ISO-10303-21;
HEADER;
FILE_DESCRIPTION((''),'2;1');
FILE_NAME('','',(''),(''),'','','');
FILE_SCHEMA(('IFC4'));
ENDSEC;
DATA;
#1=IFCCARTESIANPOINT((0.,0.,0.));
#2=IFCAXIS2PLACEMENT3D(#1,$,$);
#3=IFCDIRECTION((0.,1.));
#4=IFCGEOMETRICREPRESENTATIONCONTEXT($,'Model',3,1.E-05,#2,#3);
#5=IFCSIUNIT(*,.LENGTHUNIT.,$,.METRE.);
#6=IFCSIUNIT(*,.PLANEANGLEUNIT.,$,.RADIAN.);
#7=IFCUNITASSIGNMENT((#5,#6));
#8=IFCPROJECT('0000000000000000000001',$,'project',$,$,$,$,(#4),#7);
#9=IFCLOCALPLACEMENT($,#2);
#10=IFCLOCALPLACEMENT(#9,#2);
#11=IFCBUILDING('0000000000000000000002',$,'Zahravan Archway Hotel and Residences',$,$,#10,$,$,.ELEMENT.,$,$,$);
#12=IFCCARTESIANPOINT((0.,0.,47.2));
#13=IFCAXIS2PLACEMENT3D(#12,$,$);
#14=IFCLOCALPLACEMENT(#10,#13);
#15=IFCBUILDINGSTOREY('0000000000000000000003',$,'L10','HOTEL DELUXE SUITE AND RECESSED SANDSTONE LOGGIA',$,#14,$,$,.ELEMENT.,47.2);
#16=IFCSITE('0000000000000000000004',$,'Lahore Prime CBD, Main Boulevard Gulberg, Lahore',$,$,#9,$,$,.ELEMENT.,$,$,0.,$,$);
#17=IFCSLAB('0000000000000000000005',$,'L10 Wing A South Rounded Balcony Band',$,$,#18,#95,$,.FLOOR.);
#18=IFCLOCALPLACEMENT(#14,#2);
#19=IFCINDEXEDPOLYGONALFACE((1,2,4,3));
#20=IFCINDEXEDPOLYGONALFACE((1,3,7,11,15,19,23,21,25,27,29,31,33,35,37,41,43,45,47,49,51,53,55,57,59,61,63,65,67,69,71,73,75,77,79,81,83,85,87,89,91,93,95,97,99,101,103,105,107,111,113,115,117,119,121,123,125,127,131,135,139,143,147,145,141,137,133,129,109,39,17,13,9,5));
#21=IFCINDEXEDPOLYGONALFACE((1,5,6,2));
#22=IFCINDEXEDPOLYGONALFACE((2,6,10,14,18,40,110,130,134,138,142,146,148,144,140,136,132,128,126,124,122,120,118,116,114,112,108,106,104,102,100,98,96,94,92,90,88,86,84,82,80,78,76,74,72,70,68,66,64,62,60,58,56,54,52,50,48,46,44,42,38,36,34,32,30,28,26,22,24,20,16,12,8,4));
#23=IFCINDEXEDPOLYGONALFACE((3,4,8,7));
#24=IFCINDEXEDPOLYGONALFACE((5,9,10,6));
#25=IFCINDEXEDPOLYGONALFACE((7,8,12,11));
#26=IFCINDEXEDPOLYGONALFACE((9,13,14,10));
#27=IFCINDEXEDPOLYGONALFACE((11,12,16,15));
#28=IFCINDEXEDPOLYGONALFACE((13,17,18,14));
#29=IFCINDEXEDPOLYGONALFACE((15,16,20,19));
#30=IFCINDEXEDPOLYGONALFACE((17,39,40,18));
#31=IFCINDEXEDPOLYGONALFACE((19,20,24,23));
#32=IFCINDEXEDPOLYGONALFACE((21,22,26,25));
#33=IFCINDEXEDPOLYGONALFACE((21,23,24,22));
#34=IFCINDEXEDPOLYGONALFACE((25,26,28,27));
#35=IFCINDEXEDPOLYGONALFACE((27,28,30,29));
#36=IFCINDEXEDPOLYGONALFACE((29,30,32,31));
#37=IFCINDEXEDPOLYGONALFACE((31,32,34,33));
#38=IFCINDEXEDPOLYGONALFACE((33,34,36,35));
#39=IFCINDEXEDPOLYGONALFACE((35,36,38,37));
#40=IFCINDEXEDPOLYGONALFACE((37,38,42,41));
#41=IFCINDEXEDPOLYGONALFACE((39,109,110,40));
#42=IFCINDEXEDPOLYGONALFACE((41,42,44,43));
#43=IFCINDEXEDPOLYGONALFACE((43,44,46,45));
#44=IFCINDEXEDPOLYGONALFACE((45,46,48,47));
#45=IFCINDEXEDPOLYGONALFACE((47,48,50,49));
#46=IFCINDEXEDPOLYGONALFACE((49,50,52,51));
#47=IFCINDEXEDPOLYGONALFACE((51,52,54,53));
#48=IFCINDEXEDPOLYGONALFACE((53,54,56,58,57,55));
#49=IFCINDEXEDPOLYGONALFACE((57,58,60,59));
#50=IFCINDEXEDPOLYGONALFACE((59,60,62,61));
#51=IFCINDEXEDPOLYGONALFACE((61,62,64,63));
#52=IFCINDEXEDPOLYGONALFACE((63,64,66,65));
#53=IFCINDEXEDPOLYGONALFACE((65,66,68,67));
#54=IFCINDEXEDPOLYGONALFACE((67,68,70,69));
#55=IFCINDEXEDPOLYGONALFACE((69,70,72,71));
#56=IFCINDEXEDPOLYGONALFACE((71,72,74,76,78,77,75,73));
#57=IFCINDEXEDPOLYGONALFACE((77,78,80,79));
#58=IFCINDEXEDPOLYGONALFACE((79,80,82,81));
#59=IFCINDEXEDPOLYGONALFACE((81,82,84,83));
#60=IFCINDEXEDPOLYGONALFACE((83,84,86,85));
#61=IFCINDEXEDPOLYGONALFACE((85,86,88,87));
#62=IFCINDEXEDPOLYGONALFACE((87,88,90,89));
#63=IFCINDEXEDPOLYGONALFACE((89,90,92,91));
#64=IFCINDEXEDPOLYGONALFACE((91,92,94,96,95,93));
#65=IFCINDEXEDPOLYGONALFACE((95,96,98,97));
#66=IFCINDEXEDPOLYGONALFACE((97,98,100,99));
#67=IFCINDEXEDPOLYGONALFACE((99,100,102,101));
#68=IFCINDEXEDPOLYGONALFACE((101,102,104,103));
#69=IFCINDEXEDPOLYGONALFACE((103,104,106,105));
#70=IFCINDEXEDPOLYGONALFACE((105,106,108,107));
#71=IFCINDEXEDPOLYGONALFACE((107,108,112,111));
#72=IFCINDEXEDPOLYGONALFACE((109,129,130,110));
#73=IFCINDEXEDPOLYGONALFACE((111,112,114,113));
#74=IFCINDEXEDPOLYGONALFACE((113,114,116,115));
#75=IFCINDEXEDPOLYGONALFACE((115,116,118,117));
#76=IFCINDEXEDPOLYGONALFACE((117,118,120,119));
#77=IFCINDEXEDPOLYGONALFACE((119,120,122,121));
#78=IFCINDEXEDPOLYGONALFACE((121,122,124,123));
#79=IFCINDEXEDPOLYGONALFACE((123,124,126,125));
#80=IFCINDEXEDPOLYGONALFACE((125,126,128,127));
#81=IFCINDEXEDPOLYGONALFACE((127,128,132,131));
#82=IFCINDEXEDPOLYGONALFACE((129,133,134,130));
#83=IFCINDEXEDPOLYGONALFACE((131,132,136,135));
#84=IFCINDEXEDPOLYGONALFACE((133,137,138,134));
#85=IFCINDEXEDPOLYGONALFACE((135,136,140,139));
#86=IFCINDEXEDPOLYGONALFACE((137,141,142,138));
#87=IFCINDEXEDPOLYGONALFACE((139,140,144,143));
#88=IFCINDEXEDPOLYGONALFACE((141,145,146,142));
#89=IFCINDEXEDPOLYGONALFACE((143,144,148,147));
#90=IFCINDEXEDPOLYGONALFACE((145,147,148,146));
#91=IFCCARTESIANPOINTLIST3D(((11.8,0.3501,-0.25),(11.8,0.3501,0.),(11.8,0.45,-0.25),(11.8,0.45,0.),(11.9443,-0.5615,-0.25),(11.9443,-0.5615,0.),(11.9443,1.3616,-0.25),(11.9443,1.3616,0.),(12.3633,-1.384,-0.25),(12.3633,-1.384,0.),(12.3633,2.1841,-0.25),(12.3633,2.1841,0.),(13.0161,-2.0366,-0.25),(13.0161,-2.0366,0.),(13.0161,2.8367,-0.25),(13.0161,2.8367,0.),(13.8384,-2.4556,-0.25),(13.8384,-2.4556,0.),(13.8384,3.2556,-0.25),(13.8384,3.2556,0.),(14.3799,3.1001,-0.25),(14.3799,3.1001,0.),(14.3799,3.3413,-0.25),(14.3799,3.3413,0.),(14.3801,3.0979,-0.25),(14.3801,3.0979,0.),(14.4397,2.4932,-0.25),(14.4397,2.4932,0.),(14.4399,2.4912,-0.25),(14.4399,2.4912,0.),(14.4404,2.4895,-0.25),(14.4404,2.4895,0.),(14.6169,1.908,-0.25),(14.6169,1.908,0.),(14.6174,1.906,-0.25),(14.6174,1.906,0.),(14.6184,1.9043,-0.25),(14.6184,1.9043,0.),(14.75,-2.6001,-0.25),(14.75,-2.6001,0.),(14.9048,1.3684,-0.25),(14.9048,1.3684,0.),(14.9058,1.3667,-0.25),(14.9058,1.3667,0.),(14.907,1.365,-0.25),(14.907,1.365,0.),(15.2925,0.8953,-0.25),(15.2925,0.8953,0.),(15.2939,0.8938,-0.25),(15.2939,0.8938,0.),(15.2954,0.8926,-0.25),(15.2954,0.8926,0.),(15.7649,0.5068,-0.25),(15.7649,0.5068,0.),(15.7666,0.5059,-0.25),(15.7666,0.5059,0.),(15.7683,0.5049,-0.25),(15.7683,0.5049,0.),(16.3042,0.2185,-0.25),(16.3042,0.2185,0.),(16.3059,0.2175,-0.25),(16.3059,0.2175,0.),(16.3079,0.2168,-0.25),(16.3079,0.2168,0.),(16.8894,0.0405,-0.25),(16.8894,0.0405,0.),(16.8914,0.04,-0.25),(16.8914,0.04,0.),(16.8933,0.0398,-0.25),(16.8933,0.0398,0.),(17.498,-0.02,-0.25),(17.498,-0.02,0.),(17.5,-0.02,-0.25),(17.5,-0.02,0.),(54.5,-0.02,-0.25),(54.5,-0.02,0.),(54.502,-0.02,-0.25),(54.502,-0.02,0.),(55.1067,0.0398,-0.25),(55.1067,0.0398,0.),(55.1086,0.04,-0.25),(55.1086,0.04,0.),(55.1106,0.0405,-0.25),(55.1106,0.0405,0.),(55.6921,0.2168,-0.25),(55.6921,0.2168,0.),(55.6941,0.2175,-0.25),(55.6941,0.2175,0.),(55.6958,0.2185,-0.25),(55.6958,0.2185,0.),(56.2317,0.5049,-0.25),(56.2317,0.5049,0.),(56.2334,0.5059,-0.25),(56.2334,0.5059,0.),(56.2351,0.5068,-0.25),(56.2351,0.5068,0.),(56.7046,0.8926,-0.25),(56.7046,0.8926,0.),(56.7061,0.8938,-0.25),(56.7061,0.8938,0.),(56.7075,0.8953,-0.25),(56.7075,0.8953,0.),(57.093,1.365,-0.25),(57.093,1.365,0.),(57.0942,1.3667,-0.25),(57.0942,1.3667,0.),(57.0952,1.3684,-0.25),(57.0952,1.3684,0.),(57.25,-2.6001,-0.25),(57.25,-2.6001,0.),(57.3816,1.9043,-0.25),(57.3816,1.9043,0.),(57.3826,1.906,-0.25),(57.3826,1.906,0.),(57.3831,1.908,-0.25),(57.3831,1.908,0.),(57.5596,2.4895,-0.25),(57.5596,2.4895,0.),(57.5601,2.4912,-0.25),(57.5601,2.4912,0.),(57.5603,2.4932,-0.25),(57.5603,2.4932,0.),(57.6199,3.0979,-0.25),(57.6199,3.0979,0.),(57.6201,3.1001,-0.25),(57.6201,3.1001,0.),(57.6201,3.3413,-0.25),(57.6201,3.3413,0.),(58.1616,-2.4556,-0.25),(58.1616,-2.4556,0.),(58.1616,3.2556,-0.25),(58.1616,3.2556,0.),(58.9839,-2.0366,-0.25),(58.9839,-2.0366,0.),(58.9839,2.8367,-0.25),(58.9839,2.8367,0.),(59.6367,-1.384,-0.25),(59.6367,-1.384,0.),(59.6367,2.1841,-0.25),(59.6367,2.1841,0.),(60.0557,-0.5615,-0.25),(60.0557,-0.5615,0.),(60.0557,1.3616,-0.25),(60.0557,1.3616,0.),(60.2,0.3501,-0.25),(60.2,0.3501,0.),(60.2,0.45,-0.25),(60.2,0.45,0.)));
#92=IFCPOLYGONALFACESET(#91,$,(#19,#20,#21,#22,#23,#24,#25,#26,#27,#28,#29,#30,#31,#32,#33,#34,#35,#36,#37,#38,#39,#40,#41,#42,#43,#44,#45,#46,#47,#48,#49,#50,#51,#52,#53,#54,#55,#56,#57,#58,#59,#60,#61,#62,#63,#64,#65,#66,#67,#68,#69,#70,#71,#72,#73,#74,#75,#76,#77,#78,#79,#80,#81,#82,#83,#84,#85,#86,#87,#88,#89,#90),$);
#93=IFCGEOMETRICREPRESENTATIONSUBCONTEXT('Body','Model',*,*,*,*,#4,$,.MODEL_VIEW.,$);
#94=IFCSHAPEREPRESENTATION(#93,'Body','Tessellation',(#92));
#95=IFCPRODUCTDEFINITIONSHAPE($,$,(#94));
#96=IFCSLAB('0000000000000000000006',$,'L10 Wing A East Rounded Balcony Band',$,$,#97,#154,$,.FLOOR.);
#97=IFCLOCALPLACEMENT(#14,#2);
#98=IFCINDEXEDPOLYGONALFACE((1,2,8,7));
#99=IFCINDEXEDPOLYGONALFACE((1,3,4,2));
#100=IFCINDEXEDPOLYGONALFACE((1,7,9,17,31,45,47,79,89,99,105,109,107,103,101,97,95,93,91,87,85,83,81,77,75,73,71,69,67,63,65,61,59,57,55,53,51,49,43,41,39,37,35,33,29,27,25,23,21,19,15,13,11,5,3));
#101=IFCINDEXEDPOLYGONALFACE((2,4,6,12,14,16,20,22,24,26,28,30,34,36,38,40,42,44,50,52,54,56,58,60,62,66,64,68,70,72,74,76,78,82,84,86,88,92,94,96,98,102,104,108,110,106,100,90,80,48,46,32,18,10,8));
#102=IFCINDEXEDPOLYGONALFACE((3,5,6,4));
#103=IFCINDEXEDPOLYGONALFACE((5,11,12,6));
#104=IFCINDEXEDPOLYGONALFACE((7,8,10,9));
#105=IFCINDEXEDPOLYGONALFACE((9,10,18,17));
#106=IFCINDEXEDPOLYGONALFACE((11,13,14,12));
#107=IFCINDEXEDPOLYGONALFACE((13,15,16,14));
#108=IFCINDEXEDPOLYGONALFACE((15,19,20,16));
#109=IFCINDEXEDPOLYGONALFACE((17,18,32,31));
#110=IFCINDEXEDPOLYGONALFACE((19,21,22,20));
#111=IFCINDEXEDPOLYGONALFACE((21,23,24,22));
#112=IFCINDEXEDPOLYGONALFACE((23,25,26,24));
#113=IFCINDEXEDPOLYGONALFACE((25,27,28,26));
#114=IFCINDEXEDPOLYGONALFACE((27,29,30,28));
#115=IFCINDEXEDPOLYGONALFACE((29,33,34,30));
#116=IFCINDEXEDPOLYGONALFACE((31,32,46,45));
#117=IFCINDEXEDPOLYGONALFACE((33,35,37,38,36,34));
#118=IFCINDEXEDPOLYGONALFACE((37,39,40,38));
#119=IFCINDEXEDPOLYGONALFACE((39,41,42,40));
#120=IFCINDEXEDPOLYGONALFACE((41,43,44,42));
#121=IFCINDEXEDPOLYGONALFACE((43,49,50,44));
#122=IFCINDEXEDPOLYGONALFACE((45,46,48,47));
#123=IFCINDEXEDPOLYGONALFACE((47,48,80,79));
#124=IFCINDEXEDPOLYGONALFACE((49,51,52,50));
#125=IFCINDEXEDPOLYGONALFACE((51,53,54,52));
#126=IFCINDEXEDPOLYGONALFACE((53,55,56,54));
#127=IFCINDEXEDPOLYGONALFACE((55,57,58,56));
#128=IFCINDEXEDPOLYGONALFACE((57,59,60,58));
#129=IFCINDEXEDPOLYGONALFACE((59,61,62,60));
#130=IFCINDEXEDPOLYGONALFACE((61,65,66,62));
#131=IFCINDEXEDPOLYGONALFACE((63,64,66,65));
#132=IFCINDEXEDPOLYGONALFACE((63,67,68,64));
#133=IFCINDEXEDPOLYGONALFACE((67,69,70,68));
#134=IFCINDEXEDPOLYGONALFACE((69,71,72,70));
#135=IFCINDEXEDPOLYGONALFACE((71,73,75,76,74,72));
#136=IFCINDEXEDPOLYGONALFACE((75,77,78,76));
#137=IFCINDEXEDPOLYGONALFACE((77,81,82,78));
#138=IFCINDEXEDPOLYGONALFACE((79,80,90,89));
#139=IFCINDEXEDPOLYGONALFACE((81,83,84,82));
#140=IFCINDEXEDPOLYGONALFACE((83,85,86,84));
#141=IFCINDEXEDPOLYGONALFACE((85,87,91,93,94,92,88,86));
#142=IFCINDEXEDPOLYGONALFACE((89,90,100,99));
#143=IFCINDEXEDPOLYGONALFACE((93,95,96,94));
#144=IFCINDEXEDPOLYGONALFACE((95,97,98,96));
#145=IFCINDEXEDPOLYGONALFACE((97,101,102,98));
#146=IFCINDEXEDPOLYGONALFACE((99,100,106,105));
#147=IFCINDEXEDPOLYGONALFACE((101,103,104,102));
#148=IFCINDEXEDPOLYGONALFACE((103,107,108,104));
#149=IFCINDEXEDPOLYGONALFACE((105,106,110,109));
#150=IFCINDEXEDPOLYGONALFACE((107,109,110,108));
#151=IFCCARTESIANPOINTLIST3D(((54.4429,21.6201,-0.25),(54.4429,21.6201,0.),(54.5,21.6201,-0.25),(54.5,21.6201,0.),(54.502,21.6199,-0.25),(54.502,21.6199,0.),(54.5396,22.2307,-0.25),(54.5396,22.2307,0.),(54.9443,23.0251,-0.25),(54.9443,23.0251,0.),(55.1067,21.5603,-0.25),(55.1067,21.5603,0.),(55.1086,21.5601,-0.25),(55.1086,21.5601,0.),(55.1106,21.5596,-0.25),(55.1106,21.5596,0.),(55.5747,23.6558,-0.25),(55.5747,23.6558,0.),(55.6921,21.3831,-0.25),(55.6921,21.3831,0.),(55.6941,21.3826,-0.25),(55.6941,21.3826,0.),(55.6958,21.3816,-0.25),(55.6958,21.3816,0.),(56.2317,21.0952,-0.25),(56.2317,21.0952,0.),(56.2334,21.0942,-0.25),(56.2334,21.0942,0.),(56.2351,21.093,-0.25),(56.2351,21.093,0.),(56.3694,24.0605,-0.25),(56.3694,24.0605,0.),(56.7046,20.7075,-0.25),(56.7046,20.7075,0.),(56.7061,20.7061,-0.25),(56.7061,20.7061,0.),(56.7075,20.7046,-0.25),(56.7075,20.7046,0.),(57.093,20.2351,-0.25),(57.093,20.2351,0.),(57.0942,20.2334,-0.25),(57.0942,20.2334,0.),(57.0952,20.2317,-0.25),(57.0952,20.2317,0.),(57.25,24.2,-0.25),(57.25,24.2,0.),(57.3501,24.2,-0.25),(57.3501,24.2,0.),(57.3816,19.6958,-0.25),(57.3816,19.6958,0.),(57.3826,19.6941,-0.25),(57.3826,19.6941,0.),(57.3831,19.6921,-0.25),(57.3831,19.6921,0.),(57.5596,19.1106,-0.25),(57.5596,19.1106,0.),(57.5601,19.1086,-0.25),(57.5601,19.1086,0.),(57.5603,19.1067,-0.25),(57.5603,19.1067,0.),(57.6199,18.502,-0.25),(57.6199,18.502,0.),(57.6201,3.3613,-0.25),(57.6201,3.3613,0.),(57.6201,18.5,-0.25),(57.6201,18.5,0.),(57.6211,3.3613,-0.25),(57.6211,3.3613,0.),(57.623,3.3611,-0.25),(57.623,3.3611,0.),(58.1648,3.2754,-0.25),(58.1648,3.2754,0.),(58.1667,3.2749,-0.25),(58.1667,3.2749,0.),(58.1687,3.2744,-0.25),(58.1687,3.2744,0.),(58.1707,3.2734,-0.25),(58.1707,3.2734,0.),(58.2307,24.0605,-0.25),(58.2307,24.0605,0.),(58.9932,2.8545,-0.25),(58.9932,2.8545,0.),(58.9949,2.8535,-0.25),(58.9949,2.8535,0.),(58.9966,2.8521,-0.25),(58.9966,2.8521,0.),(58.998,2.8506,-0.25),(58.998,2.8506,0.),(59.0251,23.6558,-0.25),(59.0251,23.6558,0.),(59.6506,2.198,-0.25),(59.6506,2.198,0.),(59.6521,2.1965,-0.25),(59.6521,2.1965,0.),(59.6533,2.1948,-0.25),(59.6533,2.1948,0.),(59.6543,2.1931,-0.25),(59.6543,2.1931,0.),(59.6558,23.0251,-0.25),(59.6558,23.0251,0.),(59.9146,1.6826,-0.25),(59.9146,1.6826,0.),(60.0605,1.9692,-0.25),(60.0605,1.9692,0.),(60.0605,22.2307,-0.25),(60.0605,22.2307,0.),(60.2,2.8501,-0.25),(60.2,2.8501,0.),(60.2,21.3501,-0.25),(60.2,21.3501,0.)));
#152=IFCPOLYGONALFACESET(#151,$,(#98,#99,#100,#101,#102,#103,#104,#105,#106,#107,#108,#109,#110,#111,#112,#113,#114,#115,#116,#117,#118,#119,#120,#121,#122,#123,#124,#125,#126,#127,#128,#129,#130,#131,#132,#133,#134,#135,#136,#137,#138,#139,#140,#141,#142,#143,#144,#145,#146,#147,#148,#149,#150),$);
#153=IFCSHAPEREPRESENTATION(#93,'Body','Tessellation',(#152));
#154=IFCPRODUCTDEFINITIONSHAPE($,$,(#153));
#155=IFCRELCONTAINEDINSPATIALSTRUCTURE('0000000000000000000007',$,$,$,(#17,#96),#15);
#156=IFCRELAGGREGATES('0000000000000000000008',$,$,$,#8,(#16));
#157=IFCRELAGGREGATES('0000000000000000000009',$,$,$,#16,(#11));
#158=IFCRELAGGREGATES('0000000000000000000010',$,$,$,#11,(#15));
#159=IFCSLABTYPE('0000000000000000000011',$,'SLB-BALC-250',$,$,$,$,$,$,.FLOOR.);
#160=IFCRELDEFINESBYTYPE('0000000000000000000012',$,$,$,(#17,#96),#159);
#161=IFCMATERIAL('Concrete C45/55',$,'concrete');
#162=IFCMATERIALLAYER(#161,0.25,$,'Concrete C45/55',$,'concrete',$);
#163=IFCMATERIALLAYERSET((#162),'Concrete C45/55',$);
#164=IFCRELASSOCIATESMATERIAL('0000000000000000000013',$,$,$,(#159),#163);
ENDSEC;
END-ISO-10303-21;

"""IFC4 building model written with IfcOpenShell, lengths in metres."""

from ifc_helpers import new_model, si_unit, direction, frame, origin, place, context, subcontext, project, spatial, polyline, outline, extrude, material, layer, layer_set, type_object, element, save


model = new_model("IFC4")

# Units and contexts
model_context = context("Model", 3, precision=1e-05, world=origin(), true_north=direction((0.0, 1.0)))
body_context = subcontext(model_context, "Body", "Model", "MODEL_VIEW")
ifc_project = project(units=[si_unit("LENGTHUNIT", "METRE"), si_unit("PLANEANGLEUNIT", "RADIAN")], contexts=[model_context])

# Site, building, storey
site_placement = place(None, origin())
site = spatial("IfcSite", under=ifc_project, at=site_placement, Name="Lahore Prime CBD, Main Boulevard Gulberg, Lahore", CompositionType="ELEMENT", RefElevation=0.0)
building_placement = place(site_placement, origin())
building = spatial("IfcBuilding", under=site, at=building_placement, Name="Zahravan Archway Hotel and Residences", CompositionType="ELEMENT")
storey_placement = place(building_placement, frame((0.0, 0.0, 47.2)))
storey = spatial("IfcBuildingStorey", under=building, at=storey_placement, Name="L10", Description="HOTEL DELUXE SUITE AND RECESSED SANDSTONE LOGGIA", CompositionType="ELEMENT", Elevation=47.2)

# Slabs
ifc_material_1 = material(Name="Concrete C45/55", Category="concrete")
ifc_layer_1 = layer(ifc_material_1, 0.25, Name="Concrete C45/55", Category="concrete")
ifc_layer_set_1 = layer_set([ifc_layer_1], Name="Concrete C45/55")
slab_type_1 = type_object("IfcSlabType", Name="SLB-BALC-250", PredefinedType="FLOOR", material=ifc_layer_set_1)
slab_1_placement = place(storey_placement, frame((0.0, 0.0, -0.25)))
element("IfcSlab", 1, at=slab_1_placement, inside=storey, type_object=slab_type_1, Name="L10 Wing A South Rounded Balcony Band", PredefinedType="FLOOR", context=body_context, shape_type="SweptSolid", body=[
    extrude(outline(polyline([(58.1616, 3.2556), (58.9839, 2.8367), (59.6367, 2.1841), (60.0557, 1.3616), (60.2, 0.45), (60.2, 0.3501), (60.0557, -0.5615), (59.6367, -1.384), (58.9839, -2.0366), (58.1616, -2.4556), (57.25, -2.6001), (14.75, -2.6001), (13.8384, -2.4556), (13.0161, -2.0366), (12.3633, -1.384), (11.9443, -0.5615), (11.8, 0.3501), (11.8, 0.45), (11.9443, 1.3616), (12.3633, 2.1841), (13.0161, 2.8367), (13.8384, 3.2556), (14.3799, 3.3413), (14.3799, 3.1001), (14.3801, 3.0979), (14.4397, 2.4932), (14.4399, 2.4912), (14.4404, 2.4895), (14.6169, 1.908), (14.6174, 1.906), (14.6184, 1.9043), (14.9048, 1.3684), (14.9058, 1.3667), (14.907, 1.365), (15.2925, 0.8953), (15.2939, 0.8938), (15.2954, 0.8926), (15.7649, 0.5068), (15.7666, 0.5059), (15.7683, 0.5049), (16.3042, 0.2185), (16.3059, 0.2175), (16.3079, 0.2168), (16.8894, 0.0405), (16.8914, 0.04), (16.8933, 0.0398), (17.498, -0.02), (17.5, -0.02), (54.5, -0.02), (54.502, -0.02), (55.1067, 0.0398), (55.1086, 0.04), (55.1106, 0.0405), (55.6921, 0.2168), (55.6941, 0.2175), (55.6958, 0.2185), (56.2317, 0.5049), (56.2334, 0.5059), (56.2351, 0.5068), (56.7046, 0.8926), (56.7061, 0.8938), (56.7075, 0.8953), (57.093, 1.365), (57.0942, 1.3667), (57.0952, 1.3684), (57.3816, 1.9043), (57.3826, 1.906), (57.3831, 1.908), (57.5596, 2.4895), (57.5601, 2.4912), (57.5603, 2.4932), (57.6199, 3.0979), (57.6201, 3.1001), (57.6201, 3.3413), (58.1616, 3.2556)])), origin(), (0.0, 0.0, 1.0), 0.25),
])
slab_2_placement = place(storey_placement, frame((0.0, 0.0, -0.25)))
element("IfcSlab", 2, at=slab_2_placement, inside=storey, type_object=slab_type_1, Name="L10 Wing A East Rounded Balcony Band", PredefinedType="FLOOR", context=body_context, shape_type="SweptSolid", body=[
    extrude(outline(polyline([(54.5396, 22.2307), (54.9443, 23.0251), (55.5747, 23.6558), (56.3694, 24.0605), (57.25, 24.2), (57.3501, 24.2), (58.2307, 24.0605), (59.0251, 23.6558), (59.6558, 23.0251), (60.0605, 22.2307), (60.2, 21.3501), (60.2, 2.8501), (60.0605, 1.9692), (59.9146, 1.6826), (59.6543, 2.1931), (59.6533, 2.1948), (59.6521, 2.1965), (59.6506, 2.198), (58.998, 2.8506), (58.9966, 2.8521), (58.9949, 2.8535), (58.9932, 2.8545), (58.1707, 3.2734), (58.1687, 3.2744), (58.1667, 3.2749), (58.1648, 3.2754), (57.623, 3.3611), (57.6211, 3.3613), (57.6201, 3.3613), (57.6201, 18.5), (57.6199, 18.502), (57.5603, 19.1067), (57.5601, 19.1086), (57.5596, 19.1106), (57.3831, 19.6921), (57.3826, 19.6941), (57.3816, 19.6958), (57.0952, 20.2317), (57.0942, 20.2334), (57.093, 20.2351), (56.7075, 20.7046), (56.7061, 20.7061), (56.7046, 20.7075), (56.2351, 21.093), (56.2334, 21.0942), (56.2317, 21.0952), (55.6958, 21.3816), (55.6941, 21.3826), (55.6921, 21.3831), (55.1106, 21.5596), (55.1086, 21.5601), (55.1067, 21.5603), (54.502, 21.6199), (54.5, 21.6201), (54.4429, 21.6201), (54.5396, 22.2307)])), origin(), (0.0, 0.0, 1.0), 0.25),
])

save(model, "model.ifc")
